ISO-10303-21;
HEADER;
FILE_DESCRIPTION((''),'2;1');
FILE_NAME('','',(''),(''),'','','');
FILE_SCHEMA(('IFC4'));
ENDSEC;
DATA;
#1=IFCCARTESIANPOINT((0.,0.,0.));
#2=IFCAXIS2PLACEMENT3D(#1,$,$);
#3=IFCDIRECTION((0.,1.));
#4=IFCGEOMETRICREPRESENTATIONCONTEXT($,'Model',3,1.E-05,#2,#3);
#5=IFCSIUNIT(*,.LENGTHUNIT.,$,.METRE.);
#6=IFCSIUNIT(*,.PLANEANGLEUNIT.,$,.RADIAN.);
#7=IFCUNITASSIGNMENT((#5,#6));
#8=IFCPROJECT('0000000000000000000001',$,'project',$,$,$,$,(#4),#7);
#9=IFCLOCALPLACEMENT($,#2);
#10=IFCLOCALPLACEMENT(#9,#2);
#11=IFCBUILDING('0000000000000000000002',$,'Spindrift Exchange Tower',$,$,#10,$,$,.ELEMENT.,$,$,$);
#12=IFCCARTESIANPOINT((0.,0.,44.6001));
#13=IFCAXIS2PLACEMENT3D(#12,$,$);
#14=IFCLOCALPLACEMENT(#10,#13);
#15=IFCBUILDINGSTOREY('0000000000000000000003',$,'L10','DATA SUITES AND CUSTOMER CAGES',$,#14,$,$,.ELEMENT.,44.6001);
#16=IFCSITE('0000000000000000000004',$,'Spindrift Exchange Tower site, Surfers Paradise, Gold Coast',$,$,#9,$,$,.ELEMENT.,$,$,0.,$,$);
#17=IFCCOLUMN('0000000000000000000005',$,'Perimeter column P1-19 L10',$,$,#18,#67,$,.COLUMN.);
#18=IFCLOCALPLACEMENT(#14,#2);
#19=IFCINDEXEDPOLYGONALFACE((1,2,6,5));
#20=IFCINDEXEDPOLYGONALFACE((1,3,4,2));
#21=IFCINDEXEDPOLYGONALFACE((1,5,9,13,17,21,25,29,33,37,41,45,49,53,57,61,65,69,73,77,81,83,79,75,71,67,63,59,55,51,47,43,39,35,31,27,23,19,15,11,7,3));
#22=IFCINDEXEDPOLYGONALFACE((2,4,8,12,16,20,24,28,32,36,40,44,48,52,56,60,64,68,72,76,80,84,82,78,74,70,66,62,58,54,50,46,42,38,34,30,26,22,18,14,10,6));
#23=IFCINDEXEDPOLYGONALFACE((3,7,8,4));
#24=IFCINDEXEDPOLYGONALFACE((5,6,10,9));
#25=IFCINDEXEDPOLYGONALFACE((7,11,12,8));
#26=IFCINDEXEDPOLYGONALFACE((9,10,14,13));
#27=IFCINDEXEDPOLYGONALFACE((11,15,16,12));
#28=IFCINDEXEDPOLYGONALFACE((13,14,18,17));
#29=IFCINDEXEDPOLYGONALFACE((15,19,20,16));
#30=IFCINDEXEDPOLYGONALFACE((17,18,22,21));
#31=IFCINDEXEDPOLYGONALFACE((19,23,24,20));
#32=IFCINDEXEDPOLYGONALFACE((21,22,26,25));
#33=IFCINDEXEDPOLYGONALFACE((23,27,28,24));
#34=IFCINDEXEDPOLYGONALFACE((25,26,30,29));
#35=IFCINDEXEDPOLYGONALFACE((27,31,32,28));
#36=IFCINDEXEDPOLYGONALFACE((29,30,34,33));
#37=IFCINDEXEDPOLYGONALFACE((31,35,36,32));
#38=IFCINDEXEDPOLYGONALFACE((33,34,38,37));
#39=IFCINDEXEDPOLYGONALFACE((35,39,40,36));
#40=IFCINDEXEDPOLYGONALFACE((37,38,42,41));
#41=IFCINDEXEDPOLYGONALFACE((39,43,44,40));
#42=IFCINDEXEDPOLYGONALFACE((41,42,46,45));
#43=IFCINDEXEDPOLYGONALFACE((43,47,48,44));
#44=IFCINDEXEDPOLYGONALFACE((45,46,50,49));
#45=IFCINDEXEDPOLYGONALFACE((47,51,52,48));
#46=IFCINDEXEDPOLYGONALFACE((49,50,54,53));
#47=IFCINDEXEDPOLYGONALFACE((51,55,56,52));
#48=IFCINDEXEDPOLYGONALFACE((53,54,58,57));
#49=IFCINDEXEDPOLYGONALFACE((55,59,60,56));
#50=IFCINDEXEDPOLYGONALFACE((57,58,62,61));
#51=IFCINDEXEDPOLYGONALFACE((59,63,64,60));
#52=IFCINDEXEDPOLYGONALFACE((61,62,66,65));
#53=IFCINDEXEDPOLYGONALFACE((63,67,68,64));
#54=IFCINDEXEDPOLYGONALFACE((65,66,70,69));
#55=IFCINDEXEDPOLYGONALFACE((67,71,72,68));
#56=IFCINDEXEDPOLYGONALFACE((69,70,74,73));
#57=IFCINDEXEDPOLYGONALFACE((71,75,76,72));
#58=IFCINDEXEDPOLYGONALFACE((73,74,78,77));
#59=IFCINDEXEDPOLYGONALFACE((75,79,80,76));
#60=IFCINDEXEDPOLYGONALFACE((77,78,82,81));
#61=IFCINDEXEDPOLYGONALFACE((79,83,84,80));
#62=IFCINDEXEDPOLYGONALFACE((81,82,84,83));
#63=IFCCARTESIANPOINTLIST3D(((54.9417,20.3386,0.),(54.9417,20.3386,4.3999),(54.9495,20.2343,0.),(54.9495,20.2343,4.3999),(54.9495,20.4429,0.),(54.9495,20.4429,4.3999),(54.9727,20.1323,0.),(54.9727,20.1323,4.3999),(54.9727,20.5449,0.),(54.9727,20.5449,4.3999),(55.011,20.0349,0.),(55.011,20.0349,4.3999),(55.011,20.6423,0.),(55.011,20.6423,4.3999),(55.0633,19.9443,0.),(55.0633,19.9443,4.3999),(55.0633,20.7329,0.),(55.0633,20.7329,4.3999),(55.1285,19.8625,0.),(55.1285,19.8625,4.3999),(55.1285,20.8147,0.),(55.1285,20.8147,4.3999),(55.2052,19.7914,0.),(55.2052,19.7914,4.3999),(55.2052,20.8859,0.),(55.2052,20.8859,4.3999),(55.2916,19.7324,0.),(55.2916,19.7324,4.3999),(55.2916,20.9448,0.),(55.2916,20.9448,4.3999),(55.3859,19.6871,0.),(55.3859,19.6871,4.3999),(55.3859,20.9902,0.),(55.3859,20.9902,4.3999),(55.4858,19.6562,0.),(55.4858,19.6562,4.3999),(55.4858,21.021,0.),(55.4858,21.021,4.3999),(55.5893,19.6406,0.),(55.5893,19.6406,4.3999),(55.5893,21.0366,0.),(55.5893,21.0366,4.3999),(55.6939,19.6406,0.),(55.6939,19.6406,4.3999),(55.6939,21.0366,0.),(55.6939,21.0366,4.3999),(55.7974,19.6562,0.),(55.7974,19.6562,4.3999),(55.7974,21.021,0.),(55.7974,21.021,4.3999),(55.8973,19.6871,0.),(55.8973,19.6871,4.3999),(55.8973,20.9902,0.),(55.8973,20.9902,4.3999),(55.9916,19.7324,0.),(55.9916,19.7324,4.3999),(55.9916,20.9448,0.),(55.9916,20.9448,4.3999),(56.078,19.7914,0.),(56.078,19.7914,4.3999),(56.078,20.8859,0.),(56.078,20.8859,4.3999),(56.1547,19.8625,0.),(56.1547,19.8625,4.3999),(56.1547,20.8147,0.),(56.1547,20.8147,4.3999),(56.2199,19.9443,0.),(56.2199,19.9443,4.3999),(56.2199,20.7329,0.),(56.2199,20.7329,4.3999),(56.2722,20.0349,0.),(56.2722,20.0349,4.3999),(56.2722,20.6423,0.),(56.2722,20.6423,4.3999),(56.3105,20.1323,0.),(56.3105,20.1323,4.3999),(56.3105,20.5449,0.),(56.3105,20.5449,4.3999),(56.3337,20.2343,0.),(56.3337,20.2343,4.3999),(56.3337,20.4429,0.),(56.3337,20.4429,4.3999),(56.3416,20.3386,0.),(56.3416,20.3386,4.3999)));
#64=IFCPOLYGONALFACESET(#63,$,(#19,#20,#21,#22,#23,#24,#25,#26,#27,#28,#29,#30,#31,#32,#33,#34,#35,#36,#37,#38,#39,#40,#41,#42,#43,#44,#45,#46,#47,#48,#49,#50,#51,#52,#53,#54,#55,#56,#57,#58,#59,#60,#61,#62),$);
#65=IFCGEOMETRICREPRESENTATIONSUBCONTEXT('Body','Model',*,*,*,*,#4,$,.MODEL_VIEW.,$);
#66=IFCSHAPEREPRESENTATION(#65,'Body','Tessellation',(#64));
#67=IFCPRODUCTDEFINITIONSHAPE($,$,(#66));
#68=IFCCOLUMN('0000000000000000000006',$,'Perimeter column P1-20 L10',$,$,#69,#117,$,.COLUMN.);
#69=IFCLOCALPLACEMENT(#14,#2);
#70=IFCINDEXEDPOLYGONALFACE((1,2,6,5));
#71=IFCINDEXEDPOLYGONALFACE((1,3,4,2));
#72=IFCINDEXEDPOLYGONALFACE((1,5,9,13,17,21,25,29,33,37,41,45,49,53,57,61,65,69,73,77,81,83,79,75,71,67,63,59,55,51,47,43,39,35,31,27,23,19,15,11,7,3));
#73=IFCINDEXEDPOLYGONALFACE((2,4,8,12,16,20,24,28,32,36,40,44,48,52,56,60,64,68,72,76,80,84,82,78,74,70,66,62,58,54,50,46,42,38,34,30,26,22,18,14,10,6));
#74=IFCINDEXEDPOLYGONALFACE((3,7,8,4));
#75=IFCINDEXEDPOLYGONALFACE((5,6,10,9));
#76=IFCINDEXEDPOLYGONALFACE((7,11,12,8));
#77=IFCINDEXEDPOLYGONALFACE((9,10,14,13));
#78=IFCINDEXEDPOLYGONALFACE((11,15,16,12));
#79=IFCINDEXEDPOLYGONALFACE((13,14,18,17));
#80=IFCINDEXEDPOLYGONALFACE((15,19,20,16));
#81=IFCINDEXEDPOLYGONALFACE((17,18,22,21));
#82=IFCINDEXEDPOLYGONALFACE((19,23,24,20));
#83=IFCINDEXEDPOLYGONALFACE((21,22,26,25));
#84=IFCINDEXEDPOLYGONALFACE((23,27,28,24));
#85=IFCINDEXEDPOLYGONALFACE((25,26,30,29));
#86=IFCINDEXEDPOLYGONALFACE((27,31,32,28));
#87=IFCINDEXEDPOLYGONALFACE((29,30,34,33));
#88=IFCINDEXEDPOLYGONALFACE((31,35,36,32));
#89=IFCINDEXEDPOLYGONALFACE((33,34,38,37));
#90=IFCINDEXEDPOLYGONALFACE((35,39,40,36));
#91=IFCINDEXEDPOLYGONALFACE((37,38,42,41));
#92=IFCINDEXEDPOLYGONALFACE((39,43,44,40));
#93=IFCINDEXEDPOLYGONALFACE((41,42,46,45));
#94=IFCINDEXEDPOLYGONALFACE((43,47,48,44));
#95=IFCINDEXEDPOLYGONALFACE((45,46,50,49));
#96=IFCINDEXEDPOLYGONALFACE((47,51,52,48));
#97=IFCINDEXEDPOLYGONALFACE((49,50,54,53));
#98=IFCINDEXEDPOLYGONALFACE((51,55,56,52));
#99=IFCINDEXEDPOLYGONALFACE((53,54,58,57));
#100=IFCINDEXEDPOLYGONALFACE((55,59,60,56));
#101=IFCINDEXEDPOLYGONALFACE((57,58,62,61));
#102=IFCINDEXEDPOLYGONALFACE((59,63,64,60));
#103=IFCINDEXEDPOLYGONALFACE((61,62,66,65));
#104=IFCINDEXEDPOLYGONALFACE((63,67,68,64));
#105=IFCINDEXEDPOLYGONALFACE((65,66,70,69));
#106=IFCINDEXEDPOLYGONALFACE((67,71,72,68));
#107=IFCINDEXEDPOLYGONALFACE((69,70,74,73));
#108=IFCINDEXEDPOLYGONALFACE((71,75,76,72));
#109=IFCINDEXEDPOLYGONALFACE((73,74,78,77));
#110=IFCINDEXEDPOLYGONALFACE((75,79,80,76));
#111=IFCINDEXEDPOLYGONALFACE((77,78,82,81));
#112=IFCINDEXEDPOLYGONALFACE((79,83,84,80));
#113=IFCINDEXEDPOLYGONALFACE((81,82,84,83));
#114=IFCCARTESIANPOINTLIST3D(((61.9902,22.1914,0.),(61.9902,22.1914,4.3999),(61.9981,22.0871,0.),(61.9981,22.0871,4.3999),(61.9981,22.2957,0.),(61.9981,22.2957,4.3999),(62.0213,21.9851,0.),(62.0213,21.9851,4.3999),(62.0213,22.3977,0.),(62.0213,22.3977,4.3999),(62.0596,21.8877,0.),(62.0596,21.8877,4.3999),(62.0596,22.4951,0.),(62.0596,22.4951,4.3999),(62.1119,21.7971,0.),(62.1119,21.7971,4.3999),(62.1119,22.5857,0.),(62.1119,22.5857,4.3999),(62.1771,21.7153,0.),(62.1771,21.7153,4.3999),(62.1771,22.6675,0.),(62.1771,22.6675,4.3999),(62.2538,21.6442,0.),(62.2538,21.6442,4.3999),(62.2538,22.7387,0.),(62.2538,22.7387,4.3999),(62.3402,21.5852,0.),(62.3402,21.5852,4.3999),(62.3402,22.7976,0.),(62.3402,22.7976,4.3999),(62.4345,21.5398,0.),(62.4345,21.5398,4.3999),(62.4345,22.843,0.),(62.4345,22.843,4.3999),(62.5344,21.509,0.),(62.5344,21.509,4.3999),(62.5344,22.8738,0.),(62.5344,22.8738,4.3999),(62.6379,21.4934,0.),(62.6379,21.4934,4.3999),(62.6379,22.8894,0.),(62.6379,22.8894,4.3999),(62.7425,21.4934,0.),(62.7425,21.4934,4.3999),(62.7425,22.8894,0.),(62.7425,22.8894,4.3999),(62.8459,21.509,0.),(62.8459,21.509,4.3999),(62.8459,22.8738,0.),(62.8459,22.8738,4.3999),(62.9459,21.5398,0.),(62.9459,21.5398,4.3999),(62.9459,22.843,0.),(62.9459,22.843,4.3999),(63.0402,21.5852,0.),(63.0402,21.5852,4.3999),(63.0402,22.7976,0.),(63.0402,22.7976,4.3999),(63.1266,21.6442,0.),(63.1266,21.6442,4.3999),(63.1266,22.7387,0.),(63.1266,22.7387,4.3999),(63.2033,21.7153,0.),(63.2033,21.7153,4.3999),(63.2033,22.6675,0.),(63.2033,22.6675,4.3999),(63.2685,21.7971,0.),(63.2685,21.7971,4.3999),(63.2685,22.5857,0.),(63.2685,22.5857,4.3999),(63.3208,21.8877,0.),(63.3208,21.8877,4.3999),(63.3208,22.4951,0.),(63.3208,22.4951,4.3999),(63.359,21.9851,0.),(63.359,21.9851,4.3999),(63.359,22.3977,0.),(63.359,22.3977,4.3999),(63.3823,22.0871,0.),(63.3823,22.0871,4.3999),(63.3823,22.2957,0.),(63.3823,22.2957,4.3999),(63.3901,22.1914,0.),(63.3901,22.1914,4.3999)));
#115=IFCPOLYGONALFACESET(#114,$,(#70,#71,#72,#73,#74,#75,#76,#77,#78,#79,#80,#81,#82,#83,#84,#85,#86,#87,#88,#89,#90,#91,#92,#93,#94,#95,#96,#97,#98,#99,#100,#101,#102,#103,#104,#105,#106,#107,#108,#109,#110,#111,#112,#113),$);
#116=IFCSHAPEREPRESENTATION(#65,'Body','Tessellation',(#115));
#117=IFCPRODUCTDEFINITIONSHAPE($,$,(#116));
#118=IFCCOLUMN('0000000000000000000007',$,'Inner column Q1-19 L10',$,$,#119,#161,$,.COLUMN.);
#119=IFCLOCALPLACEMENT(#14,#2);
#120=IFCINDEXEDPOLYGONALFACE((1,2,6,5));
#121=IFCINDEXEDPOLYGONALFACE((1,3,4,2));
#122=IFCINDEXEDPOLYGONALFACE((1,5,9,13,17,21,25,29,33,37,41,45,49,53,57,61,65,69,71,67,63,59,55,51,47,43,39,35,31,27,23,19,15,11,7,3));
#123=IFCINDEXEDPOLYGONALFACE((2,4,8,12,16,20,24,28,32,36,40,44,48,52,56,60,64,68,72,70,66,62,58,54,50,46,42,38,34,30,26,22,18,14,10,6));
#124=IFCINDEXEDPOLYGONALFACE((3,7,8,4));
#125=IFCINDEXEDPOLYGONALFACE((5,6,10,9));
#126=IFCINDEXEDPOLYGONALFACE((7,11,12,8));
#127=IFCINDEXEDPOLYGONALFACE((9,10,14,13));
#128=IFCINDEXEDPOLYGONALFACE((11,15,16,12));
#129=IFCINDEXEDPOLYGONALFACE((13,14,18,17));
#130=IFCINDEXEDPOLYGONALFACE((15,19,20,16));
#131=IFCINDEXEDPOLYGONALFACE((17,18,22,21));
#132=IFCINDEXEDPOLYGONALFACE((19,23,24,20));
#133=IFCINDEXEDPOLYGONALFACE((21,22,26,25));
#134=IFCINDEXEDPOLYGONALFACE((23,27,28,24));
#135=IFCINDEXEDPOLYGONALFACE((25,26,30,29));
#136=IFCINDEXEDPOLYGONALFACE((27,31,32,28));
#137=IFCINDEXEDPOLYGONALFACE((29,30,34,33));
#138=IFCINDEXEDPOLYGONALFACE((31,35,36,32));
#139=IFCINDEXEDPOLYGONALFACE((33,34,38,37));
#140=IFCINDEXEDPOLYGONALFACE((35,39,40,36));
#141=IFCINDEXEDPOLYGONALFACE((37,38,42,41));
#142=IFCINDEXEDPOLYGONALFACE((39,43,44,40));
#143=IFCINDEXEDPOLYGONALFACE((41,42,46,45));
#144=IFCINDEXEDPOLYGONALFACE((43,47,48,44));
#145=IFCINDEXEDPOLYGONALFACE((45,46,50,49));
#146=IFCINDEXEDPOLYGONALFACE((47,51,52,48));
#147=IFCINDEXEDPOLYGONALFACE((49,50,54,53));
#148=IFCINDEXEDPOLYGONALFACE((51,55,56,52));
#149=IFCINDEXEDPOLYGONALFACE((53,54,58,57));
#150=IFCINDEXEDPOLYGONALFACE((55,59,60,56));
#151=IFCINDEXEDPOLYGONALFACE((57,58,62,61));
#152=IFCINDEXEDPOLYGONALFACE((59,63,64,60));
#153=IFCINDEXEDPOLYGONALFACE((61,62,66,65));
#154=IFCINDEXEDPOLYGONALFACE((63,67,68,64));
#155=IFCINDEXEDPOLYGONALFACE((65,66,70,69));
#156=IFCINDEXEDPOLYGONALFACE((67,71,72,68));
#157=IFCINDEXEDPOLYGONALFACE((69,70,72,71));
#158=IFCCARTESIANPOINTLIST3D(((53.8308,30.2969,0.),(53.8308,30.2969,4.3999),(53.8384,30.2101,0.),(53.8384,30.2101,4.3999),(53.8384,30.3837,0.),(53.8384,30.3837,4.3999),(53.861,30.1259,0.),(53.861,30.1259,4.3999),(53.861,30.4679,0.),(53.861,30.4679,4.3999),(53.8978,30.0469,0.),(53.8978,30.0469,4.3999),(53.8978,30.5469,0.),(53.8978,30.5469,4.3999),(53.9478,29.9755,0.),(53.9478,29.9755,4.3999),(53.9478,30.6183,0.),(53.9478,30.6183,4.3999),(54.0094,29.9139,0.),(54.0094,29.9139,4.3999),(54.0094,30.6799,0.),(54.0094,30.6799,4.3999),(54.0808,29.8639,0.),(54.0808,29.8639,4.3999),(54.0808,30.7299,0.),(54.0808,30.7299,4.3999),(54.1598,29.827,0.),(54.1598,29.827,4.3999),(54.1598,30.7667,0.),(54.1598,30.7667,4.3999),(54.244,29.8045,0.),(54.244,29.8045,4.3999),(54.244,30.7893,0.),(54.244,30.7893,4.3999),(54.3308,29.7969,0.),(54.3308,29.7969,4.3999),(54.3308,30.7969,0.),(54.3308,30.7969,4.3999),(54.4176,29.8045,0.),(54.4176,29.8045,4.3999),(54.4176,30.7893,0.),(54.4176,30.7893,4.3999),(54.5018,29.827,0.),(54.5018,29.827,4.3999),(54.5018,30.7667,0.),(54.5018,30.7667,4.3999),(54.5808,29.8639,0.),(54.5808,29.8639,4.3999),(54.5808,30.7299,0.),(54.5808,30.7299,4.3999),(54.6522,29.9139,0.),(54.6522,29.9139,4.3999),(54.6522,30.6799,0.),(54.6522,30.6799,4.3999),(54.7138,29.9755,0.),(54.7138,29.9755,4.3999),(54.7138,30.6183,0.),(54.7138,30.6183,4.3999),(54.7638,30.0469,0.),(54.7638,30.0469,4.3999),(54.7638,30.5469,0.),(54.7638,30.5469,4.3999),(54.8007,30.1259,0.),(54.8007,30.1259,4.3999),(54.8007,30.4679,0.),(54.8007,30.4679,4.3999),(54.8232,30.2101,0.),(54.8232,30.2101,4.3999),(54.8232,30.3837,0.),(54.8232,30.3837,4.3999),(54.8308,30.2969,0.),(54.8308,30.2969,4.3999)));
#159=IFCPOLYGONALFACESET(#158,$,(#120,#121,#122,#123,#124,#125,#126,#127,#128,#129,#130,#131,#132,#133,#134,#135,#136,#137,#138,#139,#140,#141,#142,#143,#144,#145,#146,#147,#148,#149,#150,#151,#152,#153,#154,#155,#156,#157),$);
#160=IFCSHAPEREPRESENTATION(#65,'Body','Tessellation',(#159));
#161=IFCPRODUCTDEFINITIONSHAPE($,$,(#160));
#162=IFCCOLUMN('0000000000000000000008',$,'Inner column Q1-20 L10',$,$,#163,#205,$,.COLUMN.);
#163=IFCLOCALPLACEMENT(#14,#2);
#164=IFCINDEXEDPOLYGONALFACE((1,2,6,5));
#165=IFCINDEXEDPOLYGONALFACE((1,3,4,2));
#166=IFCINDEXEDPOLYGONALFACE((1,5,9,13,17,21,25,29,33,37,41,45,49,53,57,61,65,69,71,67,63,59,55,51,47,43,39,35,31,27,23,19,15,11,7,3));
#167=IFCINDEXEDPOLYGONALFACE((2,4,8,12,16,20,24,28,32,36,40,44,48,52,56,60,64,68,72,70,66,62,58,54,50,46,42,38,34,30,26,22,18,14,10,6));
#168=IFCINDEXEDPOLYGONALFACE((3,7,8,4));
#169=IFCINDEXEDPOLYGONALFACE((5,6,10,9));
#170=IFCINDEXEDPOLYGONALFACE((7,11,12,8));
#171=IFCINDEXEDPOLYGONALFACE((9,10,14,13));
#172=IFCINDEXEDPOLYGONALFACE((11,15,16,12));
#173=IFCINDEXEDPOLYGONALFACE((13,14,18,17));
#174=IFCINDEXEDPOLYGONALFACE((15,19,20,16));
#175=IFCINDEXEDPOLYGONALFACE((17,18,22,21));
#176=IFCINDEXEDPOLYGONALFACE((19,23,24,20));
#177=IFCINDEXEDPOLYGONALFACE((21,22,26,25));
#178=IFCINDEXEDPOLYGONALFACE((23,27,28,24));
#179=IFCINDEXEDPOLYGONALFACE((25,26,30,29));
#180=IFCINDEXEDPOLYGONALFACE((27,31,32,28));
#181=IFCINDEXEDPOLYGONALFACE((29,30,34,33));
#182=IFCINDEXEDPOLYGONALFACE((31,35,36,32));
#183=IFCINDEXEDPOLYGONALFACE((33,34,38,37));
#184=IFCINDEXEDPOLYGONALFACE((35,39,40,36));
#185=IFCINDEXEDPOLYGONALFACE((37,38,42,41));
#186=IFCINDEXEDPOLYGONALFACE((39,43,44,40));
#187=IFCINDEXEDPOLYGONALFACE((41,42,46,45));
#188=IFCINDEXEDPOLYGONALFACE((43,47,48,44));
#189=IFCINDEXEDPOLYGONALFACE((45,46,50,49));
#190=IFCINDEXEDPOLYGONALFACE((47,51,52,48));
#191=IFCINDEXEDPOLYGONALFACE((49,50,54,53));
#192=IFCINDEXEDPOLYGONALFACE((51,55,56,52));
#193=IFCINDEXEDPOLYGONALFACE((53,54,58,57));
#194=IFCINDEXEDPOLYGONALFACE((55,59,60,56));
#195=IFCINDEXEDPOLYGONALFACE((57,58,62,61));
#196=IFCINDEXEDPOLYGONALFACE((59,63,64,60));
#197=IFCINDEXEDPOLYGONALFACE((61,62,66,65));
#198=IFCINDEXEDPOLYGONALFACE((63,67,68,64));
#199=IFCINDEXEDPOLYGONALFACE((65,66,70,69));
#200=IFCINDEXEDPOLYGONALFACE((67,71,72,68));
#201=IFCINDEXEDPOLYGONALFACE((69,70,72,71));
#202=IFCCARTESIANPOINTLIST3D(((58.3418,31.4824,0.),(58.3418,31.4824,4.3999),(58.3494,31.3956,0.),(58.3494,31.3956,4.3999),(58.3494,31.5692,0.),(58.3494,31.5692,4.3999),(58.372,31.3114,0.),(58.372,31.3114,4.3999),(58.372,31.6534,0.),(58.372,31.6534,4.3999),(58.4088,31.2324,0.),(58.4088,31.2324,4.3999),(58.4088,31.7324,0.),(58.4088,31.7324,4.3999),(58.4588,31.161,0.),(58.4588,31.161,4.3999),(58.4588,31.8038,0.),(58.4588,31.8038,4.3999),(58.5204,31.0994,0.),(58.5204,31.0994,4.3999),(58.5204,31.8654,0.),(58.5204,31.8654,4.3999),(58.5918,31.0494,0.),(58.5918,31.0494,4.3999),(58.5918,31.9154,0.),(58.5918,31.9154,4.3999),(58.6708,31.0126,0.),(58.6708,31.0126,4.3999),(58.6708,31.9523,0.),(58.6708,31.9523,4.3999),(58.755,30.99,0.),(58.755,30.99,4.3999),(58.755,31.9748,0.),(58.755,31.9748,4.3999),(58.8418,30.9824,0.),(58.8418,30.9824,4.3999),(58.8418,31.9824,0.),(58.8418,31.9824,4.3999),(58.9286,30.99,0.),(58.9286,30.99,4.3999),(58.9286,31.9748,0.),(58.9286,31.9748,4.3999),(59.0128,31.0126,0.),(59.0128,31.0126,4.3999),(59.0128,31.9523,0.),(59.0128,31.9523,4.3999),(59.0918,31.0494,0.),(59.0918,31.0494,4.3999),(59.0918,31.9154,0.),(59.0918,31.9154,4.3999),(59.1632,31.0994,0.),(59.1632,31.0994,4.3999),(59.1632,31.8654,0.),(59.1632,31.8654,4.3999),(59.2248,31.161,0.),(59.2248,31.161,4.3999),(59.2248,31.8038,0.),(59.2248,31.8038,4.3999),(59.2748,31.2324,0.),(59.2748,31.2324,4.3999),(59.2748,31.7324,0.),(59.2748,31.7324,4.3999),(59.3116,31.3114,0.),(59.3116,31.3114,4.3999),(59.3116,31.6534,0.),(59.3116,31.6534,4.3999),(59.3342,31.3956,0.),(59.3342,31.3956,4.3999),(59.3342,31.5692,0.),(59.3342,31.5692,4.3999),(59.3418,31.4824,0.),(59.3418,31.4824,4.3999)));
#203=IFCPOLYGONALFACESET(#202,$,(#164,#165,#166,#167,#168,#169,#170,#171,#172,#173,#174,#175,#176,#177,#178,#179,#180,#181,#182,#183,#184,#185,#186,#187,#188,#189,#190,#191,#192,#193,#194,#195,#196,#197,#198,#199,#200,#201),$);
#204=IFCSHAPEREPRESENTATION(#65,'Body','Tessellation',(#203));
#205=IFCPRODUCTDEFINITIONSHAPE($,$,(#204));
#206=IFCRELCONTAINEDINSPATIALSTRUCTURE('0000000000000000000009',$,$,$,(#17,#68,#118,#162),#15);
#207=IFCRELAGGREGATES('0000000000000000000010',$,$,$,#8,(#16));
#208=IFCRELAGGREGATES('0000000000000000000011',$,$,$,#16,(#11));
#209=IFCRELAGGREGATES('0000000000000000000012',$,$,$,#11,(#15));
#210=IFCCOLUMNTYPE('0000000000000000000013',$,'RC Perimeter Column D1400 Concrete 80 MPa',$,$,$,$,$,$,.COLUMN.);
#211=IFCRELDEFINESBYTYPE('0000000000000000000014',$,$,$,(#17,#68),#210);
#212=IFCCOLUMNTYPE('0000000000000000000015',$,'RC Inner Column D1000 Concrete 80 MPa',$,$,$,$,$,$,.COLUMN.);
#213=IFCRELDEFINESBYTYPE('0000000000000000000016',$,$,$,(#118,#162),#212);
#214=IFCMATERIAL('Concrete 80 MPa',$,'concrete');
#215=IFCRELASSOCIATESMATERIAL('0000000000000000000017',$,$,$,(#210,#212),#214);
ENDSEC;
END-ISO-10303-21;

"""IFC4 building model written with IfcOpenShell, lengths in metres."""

from ifc_helpers import new_model, si_unit, direction, frame, origin, origin_2d, place, context, subcontext, project, spatial, circle, extrude, source, transform, mapped, material, material_profile, profile_set, type_object, element, save


model = new_model("IFC4")

# Units and contexts
model_context = context("Model", 3, precision=1e-05, world=origin(), true_north=direction((0.0, 1.0)))
body_context = subcontext(model_context, "Body", "Model", "MODEL_VIEW")
ifc_project = project(units=[si_unit("LENGTHUNIT", "METRE"), si_unit("PLANEANGLEUNIT", "RADIAN")], contexts=[model_context])

# Site, building, storey
site_placement = place(None, origin())
site = spatial("IfcSite", under=ifc_project, at=site_placement, Name="Spindrift Exchange Tower site, Surfers Paradise, Gold Coast", CompositionType="ELEMENT", RefElevation=0.0)
building_placement = place(site_placement, origin())
building = spatial("IfcBuilding", under=site, at=building_placement, Name="Spindrift Exchange Tower", CompositionType="ELEMENT")
storey_placement = place(building_placement, frame((0.0, 0.0, 44.6001)))
storey = spatial("IfcBuildingStorey", under=building, at=storey_placement, Name="L10", Description="DATA SUITES AND CUSTOMER CAGES", CompositionType="ELEMENT", Elevation=44.6001)

# Columns
ifc_material_1 = material(Name="Concrete 80 MPa", Category="concrete")
ifc_material_profile_1 = material_profile(ifc_material_1, circle(Radius=0.7, at=origin_2d()), Name="RC D1400")
ifc_profile_set_1 = profile_set([ifc_material_profile_1], Name="Concrete 80 MPa")
column_type_1 = type_object("IfcColumnType", Name="RC Perimeter Column D1400 Concrete 80 MPa", PredefinedType="COLUMN", material=ifc_profile_set_1)
shared_shape_1 = source(origin(), body_context, "Body", "SweptSolid", [
    extrude(circle(Radius=0.7, at=origin_2d()), origin(), (0.0, 0.0, 1.0), 4.3999),
])
for number, where, z_axis, x_axis, name in (
    (1, (55.6416, 20.3386, 0.0), (0.0, 0.0, 1.0), (1.0, 0.0, 0.0), "Perimeter column P1-19 L10"),
    (2, (62.6902, 22.1914, 0.0), (0.0, 0.0, 1.0), (1.0, 0.0, 0.0), "Perimeter column P1-20 L10"),
):
    element("IfcColumn", number, at=place(storey_placement, frame(where, z_axis=z_axis, x_axis=x_axis)), inside=storey, type_object=column_type_1, Name=name, PredefinedType="COLUMN", context=body_context, shape_type="MappedRepresentation", body=[
        mapped(shared_shape_1, transform((0.0, 0.0, 0.0), scale=1.0)),
    ])
ifc_material_profile_2 = material_profile(ifc_material_1, circle(Radius=0.5, at=origin_2d()), Name="RC D1000")
ifc_profile_set_2 = profile_set([ifc_material_profile_2], Name="Concrete 80 MPa")
column_type_2 = type_object("IfcColumnType", Name="RC Inner Column D1000 Concrete 80 MPa", PredefinedType="COLUMN", material=ifc_profile_set_2)
shared_shape_2 = source(origin(), body_context, "Body", "SweptSolid", [
    extrude(circle(Radius=0.5, at=origin_2d()), origin(), (0.0, 0.0, 1.0), 4.3999),
])
for number, where, z_axis, x_axis, name in (
    (3, (54.3308, 30.2969, 0.0), (0.0, 0.0, 1.0), (1.0, 0.0, 0.0), "Inner column Q1-19 L10"),
    (4, (58.8418, 31.4824, 0.0), (0.0, 0.0, 1.0), (1.0, 0.0, 0.0), "Inner column Q1-20 L10"),
):
    element("IfcColumn", number, at=place(storey_placement, frame(where, z_axis=z_axis, x_axis=x_axis)), inside=storey, type_object=column_type_2, Name=name, PredefinedType="COLUMN", context=body_context, shape_type="MappedRepresentation", body=[
        mapped(shared_shape_2, transform((0.0, 0.0, 0.0), scale=1.0)),
    ])

save(model, "model.ifc")
